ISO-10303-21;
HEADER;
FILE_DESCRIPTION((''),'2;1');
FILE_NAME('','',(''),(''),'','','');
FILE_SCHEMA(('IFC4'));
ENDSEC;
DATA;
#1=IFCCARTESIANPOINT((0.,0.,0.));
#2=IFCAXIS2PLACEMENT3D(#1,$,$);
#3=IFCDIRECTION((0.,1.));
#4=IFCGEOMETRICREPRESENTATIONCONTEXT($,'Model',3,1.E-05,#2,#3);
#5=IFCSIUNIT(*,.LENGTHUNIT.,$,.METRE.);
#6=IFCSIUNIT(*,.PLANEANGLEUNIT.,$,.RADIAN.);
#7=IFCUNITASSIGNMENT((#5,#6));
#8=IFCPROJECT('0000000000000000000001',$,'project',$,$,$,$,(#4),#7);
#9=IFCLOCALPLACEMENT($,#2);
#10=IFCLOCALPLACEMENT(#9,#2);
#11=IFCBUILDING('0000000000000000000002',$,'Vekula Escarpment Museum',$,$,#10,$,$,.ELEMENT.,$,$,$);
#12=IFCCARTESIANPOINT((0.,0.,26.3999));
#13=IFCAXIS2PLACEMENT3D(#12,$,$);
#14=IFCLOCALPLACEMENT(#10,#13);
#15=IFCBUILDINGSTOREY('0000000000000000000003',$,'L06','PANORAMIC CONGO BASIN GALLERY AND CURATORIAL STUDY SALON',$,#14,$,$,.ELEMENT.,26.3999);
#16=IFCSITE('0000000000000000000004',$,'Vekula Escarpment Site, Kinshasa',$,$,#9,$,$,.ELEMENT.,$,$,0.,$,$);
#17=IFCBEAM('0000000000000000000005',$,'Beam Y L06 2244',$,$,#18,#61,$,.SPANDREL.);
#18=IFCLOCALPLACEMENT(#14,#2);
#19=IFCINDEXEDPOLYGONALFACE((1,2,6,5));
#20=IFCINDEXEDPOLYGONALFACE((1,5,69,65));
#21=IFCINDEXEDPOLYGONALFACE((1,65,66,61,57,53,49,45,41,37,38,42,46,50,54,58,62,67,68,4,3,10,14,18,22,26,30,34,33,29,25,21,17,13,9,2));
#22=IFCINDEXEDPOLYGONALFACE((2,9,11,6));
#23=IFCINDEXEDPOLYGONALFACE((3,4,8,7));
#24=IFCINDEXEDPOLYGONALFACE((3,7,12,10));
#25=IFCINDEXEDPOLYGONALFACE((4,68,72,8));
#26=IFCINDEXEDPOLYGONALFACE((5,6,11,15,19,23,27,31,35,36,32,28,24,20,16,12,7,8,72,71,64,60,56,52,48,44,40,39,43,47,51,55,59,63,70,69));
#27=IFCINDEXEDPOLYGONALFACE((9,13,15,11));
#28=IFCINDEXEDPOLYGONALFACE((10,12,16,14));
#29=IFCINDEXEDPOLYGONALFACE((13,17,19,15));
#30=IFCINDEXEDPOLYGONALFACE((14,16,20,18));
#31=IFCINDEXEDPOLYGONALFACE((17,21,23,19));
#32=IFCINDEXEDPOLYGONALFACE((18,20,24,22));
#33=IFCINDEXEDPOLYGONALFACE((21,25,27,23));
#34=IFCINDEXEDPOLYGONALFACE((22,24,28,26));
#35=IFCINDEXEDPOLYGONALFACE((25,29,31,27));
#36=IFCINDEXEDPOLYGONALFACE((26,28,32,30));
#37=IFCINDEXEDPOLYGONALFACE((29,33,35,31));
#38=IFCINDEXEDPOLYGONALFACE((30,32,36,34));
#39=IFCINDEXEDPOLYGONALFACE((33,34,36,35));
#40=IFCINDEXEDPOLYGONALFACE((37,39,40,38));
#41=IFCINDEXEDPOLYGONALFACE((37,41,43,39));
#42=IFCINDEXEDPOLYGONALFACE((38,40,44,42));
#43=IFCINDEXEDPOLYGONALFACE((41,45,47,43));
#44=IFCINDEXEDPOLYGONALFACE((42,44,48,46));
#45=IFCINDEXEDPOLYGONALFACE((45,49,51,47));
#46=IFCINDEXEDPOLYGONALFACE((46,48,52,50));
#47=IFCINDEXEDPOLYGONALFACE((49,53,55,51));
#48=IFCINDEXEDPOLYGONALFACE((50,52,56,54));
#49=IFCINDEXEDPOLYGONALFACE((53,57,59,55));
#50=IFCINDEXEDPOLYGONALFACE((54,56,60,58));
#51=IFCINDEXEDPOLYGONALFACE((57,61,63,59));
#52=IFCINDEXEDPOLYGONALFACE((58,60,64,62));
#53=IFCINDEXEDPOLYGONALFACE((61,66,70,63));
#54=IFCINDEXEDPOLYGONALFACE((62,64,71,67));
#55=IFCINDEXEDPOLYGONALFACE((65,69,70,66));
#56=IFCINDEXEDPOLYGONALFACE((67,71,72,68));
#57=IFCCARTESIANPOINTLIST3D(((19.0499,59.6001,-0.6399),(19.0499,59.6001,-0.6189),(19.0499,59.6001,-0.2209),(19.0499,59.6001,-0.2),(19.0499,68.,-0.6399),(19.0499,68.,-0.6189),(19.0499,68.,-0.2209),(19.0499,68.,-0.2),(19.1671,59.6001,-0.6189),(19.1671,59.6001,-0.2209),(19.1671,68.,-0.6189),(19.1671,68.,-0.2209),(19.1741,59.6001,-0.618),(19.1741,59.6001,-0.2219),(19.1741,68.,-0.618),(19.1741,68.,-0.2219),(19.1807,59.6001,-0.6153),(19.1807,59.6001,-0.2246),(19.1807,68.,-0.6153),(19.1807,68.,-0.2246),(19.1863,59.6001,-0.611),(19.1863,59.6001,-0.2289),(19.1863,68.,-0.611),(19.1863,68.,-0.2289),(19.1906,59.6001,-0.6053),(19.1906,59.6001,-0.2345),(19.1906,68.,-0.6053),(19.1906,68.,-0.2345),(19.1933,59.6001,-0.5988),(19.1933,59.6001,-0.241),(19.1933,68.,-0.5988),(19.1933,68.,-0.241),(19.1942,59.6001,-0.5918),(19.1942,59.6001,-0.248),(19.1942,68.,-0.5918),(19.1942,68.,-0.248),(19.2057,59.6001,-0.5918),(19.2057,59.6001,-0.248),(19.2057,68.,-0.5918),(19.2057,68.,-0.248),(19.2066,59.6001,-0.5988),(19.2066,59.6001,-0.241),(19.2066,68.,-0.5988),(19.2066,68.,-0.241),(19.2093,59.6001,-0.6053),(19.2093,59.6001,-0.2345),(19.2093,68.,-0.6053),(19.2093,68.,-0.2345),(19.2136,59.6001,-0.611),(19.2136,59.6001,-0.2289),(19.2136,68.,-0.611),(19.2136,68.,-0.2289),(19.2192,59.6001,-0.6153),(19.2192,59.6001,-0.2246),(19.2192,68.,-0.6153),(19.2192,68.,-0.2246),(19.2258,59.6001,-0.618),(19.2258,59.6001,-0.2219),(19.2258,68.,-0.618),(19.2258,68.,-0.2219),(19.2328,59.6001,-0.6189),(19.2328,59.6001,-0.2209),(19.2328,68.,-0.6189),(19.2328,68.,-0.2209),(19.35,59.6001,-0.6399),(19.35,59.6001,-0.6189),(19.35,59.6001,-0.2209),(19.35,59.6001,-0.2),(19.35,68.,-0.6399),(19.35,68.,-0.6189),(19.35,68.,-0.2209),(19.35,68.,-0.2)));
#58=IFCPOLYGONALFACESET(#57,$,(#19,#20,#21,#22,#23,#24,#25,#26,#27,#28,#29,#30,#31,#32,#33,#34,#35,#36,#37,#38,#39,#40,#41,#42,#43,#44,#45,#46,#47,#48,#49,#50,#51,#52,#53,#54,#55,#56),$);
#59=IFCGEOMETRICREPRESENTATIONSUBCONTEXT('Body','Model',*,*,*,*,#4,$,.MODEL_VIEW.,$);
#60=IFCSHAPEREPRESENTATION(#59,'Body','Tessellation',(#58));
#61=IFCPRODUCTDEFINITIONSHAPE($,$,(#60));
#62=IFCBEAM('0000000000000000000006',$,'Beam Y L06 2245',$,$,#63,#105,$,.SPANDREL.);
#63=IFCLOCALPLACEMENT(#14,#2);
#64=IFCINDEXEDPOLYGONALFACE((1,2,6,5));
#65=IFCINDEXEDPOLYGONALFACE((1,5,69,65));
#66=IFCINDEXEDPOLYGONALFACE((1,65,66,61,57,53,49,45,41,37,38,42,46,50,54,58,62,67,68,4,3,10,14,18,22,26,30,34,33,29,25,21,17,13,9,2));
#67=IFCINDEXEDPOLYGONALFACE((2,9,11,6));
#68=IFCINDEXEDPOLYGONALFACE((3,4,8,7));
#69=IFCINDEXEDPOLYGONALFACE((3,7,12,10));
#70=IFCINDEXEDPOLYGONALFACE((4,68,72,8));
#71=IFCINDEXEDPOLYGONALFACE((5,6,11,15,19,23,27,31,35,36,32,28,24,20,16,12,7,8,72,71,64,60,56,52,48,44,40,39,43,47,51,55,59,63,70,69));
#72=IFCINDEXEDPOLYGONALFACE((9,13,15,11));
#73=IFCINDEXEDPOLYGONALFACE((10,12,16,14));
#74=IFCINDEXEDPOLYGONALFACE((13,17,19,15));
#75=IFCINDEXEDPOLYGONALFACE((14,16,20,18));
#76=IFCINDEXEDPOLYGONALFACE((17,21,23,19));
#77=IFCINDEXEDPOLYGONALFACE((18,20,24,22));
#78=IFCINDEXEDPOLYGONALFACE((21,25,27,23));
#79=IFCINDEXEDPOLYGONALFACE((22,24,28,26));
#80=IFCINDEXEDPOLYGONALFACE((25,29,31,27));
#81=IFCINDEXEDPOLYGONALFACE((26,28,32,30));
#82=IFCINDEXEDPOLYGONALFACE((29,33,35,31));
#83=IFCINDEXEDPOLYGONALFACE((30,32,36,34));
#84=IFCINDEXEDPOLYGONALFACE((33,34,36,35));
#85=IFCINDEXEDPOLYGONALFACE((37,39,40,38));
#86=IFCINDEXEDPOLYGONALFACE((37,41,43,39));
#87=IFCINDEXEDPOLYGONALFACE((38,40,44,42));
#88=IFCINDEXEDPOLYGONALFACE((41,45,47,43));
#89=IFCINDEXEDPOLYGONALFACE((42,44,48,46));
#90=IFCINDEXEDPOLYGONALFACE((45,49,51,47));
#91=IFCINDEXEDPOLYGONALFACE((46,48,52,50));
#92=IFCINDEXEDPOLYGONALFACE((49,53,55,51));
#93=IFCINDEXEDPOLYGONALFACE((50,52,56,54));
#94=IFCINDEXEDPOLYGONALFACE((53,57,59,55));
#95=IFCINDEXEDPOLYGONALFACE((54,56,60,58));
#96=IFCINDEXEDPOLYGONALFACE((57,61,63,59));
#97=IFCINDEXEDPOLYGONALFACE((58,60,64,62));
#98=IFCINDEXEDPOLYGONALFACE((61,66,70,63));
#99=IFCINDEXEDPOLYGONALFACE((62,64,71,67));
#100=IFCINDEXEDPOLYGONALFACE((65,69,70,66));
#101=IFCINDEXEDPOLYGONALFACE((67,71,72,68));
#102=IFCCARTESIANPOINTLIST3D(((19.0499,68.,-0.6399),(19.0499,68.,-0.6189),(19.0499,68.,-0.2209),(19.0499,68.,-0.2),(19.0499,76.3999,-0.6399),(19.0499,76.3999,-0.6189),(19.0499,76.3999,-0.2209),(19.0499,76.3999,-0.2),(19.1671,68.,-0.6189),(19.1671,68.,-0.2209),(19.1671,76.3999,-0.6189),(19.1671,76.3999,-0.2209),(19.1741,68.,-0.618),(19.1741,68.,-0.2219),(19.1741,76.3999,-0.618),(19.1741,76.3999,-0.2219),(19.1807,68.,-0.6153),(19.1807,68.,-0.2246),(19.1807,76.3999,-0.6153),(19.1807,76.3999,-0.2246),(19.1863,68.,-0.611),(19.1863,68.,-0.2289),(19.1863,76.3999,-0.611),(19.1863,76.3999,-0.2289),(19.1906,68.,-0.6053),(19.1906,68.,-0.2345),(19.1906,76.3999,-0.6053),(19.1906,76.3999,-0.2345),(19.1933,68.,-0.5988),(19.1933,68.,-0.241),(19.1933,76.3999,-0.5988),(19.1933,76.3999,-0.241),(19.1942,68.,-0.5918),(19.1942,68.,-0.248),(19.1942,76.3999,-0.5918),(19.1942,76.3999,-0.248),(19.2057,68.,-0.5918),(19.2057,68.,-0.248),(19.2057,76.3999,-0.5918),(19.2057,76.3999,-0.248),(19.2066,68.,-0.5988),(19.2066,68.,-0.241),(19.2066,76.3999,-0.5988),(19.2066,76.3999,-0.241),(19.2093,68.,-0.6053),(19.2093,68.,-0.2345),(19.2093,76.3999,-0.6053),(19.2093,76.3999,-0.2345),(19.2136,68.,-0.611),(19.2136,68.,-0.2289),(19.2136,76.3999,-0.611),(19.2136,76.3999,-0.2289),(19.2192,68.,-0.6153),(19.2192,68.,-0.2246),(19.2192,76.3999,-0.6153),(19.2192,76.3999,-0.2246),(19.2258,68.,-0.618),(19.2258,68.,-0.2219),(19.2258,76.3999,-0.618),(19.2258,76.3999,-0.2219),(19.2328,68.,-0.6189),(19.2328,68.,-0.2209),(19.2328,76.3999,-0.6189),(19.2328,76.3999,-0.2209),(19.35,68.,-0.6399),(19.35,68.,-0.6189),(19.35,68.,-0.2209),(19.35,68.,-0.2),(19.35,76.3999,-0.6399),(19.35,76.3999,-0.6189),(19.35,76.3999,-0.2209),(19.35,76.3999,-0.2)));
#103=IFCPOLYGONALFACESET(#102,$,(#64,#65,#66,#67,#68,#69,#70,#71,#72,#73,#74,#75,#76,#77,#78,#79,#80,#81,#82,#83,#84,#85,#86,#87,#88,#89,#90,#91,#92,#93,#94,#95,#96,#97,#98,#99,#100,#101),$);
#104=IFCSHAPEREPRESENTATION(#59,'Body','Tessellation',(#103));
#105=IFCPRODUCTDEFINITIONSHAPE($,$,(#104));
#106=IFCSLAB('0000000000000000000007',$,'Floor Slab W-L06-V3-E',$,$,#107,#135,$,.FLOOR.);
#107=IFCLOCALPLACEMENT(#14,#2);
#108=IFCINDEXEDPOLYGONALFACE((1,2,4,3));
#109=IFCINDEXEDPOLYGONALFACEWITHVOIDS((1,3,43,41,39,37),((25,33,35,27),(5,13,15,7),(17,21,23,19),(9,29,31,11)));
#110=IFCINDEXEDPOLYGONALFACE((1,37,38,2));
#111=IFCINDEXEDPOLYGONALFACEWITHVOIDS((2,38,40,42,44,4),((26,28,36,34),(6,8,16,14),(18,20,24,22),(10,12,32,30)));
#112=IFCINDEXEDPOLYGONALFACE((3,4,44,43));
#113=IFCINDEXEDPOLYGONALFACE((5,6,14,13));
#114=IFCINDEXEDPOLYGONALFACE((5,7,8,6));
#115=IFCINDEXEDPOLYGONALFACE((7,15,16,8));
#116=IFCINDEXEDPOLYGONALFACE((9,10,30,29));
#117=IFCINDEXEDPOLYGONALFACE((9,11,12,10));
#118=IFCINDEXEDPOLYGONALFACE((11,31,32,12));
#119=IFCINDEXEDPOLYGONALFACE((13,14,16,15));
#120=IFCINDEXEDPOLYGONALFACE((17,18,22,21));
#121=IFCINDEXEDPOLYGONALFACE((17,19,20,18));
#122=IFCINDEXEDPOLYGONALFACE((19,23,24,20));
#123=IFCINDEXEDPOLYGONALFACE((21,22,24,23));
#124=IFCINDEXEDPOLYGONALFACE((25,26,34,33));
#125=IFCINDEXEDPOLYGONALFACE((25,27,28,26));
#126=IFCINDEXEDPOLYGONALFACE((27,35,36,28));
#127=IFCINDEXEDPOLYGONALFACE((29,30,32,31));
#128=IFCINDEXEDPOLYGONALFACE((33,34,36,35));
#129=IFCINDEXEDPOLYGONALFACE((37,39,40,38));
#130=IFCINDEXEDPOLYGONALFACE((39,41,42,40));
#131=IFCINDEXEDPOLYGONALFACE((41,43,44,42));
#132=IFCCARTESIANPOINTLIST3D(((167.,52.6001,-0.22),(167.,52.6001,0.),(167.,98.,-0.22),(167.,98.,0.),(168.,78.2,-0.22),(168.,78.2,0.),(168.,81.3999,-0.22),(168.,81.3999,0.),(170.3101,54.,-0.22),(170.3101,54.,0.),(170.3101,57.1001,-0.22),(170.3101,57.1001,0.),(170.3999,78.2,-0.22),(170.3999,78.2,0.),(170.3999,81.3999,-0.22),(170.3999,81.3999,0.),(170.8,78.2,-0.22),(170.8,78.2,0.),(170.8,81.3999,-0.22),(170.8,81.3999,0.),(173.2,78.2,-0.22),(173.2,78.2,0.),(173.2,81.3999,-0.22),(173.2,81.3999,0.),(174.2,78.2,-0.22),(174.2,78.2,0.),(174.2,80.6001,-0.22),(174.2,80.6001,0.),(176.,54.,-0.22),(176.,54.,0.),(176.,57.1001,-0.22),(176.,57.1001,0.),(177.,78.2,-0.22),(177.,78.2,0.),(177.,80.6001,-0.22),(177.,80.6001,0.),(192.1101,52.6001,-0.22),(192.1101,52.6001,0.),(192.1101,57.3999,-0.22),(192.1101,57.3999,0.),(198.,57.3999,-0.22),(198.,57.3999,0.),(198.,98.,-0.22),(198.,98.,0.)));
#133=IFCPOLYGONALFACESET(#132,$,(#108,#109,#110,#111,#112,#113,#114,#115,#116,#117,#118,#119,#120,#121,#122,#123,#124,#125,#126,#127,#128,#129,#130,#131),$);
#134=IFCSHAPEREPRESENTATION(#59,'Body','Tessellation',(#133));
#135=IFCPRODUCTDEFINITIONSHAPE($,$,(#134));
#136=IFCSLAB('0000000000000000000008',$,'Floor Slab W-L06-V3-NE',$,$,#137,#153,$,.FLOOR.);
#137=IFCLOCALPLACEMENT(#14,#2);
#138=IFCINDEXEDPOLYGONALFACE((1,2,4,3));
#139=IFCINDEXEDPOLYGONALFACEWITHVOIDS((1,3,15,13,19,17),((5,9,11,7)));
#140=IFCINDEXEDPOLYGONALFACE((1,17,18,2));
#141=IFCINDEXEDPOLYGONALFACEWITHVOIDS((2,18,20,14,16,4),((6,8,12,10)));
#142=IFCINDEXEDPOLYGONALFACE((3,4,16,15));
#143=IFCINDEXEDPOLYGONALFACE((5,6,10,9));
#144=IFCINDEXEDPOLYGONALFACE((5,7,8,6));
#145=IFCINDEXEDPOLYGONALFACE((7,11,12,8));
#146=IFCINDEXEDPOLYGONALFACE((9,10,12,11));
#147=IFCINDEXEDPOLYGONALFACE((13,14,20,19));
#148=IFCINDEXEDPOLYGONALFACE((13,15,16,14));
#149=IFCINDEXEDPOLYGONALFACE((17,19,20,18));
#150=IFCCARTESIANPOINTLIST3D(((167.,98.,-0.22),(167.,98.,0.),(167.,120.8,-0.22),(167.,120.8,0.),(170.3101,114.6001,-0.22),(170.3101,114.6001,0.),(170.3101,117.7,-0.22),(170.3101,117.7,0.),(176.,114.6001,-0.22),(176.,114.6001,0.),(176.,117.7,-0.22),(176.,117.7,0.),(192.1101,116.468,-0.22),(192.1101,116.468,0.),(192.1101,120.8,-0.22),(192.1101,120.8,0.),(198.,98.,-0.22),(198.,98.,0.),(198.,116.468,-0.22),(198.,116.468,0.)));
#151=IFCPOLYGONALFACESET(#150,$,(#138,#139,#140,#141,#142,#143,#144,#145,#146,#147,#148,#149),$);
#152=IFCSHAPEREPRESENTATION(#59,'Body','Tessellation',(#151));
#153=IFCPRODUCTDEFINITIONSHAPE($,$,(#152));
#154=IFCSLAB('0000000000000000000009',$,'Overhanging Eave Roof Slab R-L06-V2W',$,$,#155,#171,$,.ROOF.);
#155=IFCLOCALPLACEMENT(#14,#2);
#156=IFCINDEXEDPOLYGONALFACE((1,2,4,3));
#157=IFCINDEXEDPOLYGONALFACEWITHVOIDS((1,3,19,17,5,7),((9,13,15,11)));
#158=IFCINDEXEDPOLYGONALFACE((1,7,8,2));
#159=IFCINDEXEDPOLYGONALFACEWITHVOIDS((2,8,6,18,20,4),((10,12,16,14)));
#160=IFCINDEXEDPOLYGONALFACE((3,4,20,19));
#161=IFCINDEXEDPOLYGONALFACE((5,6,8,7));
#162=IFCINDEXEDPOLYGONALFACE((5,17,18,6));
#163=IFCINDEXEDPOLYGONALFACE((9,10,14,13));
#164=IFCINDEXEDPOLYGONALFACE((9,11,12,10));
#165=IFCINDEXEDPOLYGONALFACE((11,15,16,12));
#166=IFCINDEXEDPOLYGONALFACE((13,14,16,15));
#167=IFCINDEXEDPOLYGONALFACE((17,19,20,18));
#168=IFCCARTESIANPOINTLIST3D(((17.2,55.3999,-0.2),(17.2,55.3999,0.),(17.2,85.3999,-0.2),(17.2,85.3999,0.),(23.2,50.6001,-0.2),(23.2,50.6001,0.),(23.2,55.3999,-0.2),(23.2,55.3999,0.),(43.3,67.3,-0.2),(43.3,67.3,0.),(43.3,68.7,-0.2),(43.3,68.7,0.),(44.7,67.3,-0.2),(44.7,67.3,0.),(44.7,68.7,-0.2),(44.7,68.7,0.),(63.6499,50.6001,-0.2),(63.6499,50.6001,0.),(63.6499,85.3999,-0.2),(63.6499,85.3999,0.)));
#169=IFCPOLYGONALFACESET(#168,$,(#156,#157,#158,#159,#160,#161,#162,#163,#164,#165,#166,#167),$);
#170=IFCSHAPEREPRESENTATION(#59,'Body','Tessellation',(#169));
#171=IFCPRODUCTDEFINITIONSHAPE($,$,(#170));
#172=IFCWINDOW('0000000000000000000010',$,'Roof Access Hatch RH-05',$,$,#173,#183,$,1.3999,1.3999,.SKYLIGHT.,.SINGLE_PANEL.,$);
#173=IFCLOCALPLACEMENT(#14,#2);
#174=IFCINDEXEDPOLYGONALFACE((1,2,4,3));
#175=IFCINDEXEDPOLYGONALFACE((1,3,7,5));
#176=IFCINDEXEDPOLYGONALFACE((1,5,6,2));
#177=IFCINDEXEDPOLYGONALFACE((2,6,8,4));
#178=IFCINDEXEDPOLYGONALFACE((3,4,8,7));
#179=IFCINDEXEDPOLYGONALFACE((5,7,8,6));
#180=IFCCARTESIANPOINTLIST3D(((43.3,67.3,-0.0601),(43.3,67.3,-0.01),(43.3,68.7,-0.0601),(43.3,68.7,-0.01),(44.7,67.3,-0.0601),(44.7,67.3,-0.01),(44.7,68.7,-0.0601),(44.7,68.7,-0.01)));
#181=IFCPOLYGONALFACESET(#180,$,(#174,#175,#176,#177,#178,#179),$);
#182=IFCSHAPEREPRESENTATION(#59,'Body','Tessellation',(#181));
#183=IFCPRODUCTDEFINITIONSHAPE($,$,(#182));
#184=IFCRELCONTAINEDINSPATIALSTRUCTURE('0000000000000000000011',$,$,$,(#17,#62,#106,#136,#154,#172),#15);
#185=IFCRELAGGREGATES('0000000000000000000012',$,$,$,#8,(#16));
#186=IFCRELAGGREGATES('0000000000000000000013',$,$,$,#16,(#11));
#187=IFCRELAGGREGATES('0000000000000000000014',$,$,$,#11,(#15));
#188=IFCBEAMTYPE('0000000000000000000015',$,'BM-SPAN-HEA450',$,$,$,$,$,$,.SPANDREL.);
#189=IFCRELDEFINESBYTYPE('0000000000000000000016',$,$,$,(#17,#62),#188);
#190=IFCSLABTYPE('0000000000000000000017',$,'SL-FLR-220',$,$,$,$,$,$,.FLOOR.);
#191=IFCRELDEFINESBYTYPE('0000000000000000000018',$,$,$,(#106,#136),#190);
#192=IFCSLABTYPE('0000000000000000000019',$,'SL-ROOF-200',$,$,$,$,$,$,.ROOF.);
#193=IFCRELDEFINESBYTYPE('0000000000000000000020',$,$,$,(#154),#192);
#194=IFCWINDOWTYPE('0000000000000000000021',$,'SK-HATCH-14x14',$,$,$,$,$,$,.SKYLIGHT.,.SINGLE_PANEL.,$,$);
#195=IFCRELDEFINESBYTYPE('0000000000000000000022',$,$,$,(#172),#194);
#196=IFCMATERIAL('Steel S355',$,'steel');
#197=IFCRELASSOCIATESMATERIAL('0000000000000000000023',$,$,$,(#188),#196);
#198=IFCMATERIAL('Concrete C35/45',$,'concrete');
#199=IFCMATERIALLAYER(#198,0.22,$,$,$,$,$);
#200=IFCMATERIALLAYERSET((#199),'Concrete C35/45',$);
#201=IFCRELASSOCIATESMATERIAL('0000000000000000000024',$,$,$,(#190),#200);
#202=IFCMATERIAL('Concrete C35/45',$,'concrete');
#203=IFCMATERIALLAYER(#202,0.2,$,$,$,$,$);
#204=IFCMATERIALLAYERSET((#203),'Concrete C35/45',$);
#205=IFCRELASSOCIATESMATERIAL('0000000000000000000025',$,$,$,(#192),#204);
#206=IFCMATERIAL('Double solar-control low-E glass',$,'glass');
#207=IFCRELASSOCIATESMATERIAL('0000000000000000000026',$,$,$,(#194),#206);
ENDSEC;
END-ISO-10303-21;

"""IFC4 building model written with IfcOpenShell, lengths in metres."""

from ifc_helpers import new_model, si_unit, direction, frame, origin, origin_2d, place, context, subcontext, project, spatial, polyline, rectangle, i_section, outline, extrude, material, layer, layer_set, material_profile, profile_set, type_object, element, fill, save


model = new_model("IFC4")

# Units and contexts
model_context = context("Model", 3, precision=1e-05, world=origin(), true_north=direction((0.0, 1.0)))
body_context = subcontext(model_context, "Body", "Model", "MODEL_VIEW")
ifc_project = project(units=[si_unit("LENGTHUNIT", "METRE"), si_unit("PLANEANGLEUNIT", "RADIAN")], contexts=[model_context])

# Site, building, storey
site_placement = place(None, origin())
site = spatial("IfcSite", under=ifc_project, at=site_placement, Name="Vekula Escarpment Site, Kinshasa", CompositionType="ELEMENT", RefElevation=0.0)
building_placement = place(site_placement, origin())
building = spatial("IfcBuilding", under=site, at=building_placement, Name="Vekula Escarpment Museum", CompositionType="ELEMENT")
storey_placement = place(building_placement, frame((0.0, 0.0, 26.3999)))
storey = spatial("IfcBuildingStorey", under=building, at=storey_placement, Name="L06", Description="PANORAMIC CONGO BASIN GALLERY AND CURATORIAL STUDY SALON", CompositionType="ELEMENT", Elevation=26.3999)

# Beams
ifc_material_1 = material(Name="Steel S355", Category="steel")
ifc_material_profile_1 = material_profile(ifc_material_1, i_section(OverallWidth=0.3, OverallDepth=0.4399, WebThickness=0.0115, FlangeThickness=0.021, FilletRadius=0.0271, at=origin_2d()), Name="HEA 450")
ifc_profile_set_1 = profile_set([ifc_material_profile_1], Name="Steel S355")
beam_type_1 = type_object("IfcBeamType", Name="BM-SPAN-HEA450", PredefinedType="SPANDREL", material=ifc_profile_set_1)
for number, where, z_axis, x_axis, name in (
    (1, (19.2, 59.6001, -0.4199), (0.0, 1.0, 0.0), (-1.0, 0.0, 0.0), "Beam Y L06 2244"),
    (2, (19.2, 68.0, -0.4199), (0.0, 1.0, 0.0), (-1.0, 0.0, 0.0), "Beam Y L06 2245"),
):
    element("IfcBeam", number, at=place(storey_placement, frame(where, z_axis=z_axis, x_axis=x_axis)), inside=storey, type_object=beam_type_1, Name=name, PredefinedType="SPANDREL", context=body_context, shape_type="SweptSolid", body=[
        extrude(i_section(OverallWidth=0.3, OverallDepth=0.4399, WebThickness=0.0115, FlangeThickness=0.021, FilletRadius=0.0271, at=origin_2d()), origin(), (0.0, 0.0, 1.0), 8.3999),
    ])

# Slabs
ifc_material_2 = material(Name="Concrete C35/45", Category="concrete")
ifc_layer_1 = layer(ifc_material_2, 0.22)
ifc_layer_set_1 = layer_set([ifc_layer_1], Name="Concrete C35/45")
slab_type_1 = type_object("IfcSlabType", Name="SL-FLR-220", PredefinedType="FLOOR", material=ifc_layer_set_1)
slab_1_placement = place(storey_placement, frame((0.0, 0.0, -0.22)))
element("IfcSlab", 3, at=slab_1_placement, inside=storey, type_object=slab_type_1, Name="Floor Slab W-L06-V3-E", PredefinedType="FLOOR", context=body_context, shape_type="SweptSolid", body=[
    extrude(outline(polyline([(167.0, 52.6001), (192.1101, 52.6001), (192.1101, 57.3999), (198.0, 57.3999), (198.0, 98.0), (167.0, 98.0), (167.0, 52.6001)]), holes=[polyline([(170.3101, 54.0), (176.0, 54.0), (176.0, 57.1001), (170.3101, 57.1001), (170.3101, 54.0)]), polyline([(168.0, 78.2), (170.3999, 78.2), (170.3999, 81.3999), (168.0, 81.3999), (168.0, 78.2)]), polyline([(170.8, 78.2), (173.2, 78.2), (173.2, 81.3999), (170.8, 81.3999), (170.8, 78.2)]), polyline([(174.2, 78.2), (177.0, 78.2), (177.0, 80.6001), (174.2, 80.6001), (174.2, 78.2)])]), origin(), (0.0, 0.0, 1.0), 0.22),
])
slab_2_placement = place(storey_placement, frame((0.0, 0.0, -0.22)))
element("IfcSlab", 4, at=slab_2_placement, inside=storey, type_object=slab_type_1, Name="Floor Slab W-L06-V3-NE", PredefinedType="FLOOR", context=body_context, shape_type="SweptSolid", body=[
    extrude(outline(polyline([(167.0, 98.0), (198.0, 98.0), (198.0, 116.468), (192.1101, 116.468), (192.1101, 120.8), (167.0, 120.8), (167.0, 98.0)]), holes=[polyline([(170.3101, 114.6001), (176.0, 114.6001), (176.0, 117.7), (170.3101, 117.7), (170.3101, 114.6001)])]), origin(), (0.0, 0.0, 1.0), 0.22),
])

# Slab, opening, window
ifc_material_3 = material(Name="Concrete C35/45", Category="concrete")
ifc_layer_2 = layer(ifc_material_3, 0.2)
ifc_layer_set_2 = layer_set([ifc_layer_2], Name="Concrete C35/45")
slab_type_2 = type_object("IfcSlabType", Name="SL-ROOF-200", PredefinedType="ROOF", material=ifc_layer_set_2)
slab_3_placement = place(storey_placement, frame((0.0, 0.0, -0.2)))
slab_3 = element("IfcSlab", 5, at=slab_3_placement, inside=storey, type_object=slab_type_2, Name="Overhanging Eave Roof Slab R-L06-V2W", PredefinedType="ROOF", context=body_context, shape_type="SweptSolid", body=[
    extrude(outline(polyline([(23.2, 55.3999), (17.2, 55.3999), (17.2, 85.3999), (63.6499, 85.3999), (63.6499, 50.6001), (23.2, 50.6001), (23.2, 55.3999)])), origin(), (0.0, 0.0, 1.0), 0.2),
])
opening_placement = place(slab_3_placement, frame((44.0, 68.0, -0.01)))
opening = element("IfcOpeningElement", 6, at=opening_placement, cuts=slab_3, PredefinedType="OPENING", context=body_context, shape_type="SweptSolid", body=[
    extrude(rectangle(XDim=1.3999, YDim=1.3999, at=origin_2d()), origin(), (0.0, 0.0, 1.0), 0.22),
])
ifc_material_4 = material(Name="Double solar-control low-E glass", Category="glass")
window_type = type_object("IfcWindowType", Name="SK-HATCH-14x14", PartitioningType="SINGLE_PANEL", PredefinedType="SKYLIGHT", material=ifc_material_4)
window_placement = place(opening_placement, frame((0.0, 0.0, 0.1499)))
window = element("IfcWindow", 7, at=window_placement, inside=storey, type_object=window_type, Name="Roof Access Hatch RH-05", OverallHeight=1.3999, OverallWidth=1.3999, PartitioningType="SINGLE_PANEL", PredefinedType="SKYLIGHT", context=body_context, shape_type="SweptSolid", body=[
    extrude(rectangle(XDim=1.3999, YDim=1.3999, at=origin_2d()), origin(), (0.0, 0.0, 1.0), 0.05),
])
fill(opening, window)

save(model, "model.ifc")
